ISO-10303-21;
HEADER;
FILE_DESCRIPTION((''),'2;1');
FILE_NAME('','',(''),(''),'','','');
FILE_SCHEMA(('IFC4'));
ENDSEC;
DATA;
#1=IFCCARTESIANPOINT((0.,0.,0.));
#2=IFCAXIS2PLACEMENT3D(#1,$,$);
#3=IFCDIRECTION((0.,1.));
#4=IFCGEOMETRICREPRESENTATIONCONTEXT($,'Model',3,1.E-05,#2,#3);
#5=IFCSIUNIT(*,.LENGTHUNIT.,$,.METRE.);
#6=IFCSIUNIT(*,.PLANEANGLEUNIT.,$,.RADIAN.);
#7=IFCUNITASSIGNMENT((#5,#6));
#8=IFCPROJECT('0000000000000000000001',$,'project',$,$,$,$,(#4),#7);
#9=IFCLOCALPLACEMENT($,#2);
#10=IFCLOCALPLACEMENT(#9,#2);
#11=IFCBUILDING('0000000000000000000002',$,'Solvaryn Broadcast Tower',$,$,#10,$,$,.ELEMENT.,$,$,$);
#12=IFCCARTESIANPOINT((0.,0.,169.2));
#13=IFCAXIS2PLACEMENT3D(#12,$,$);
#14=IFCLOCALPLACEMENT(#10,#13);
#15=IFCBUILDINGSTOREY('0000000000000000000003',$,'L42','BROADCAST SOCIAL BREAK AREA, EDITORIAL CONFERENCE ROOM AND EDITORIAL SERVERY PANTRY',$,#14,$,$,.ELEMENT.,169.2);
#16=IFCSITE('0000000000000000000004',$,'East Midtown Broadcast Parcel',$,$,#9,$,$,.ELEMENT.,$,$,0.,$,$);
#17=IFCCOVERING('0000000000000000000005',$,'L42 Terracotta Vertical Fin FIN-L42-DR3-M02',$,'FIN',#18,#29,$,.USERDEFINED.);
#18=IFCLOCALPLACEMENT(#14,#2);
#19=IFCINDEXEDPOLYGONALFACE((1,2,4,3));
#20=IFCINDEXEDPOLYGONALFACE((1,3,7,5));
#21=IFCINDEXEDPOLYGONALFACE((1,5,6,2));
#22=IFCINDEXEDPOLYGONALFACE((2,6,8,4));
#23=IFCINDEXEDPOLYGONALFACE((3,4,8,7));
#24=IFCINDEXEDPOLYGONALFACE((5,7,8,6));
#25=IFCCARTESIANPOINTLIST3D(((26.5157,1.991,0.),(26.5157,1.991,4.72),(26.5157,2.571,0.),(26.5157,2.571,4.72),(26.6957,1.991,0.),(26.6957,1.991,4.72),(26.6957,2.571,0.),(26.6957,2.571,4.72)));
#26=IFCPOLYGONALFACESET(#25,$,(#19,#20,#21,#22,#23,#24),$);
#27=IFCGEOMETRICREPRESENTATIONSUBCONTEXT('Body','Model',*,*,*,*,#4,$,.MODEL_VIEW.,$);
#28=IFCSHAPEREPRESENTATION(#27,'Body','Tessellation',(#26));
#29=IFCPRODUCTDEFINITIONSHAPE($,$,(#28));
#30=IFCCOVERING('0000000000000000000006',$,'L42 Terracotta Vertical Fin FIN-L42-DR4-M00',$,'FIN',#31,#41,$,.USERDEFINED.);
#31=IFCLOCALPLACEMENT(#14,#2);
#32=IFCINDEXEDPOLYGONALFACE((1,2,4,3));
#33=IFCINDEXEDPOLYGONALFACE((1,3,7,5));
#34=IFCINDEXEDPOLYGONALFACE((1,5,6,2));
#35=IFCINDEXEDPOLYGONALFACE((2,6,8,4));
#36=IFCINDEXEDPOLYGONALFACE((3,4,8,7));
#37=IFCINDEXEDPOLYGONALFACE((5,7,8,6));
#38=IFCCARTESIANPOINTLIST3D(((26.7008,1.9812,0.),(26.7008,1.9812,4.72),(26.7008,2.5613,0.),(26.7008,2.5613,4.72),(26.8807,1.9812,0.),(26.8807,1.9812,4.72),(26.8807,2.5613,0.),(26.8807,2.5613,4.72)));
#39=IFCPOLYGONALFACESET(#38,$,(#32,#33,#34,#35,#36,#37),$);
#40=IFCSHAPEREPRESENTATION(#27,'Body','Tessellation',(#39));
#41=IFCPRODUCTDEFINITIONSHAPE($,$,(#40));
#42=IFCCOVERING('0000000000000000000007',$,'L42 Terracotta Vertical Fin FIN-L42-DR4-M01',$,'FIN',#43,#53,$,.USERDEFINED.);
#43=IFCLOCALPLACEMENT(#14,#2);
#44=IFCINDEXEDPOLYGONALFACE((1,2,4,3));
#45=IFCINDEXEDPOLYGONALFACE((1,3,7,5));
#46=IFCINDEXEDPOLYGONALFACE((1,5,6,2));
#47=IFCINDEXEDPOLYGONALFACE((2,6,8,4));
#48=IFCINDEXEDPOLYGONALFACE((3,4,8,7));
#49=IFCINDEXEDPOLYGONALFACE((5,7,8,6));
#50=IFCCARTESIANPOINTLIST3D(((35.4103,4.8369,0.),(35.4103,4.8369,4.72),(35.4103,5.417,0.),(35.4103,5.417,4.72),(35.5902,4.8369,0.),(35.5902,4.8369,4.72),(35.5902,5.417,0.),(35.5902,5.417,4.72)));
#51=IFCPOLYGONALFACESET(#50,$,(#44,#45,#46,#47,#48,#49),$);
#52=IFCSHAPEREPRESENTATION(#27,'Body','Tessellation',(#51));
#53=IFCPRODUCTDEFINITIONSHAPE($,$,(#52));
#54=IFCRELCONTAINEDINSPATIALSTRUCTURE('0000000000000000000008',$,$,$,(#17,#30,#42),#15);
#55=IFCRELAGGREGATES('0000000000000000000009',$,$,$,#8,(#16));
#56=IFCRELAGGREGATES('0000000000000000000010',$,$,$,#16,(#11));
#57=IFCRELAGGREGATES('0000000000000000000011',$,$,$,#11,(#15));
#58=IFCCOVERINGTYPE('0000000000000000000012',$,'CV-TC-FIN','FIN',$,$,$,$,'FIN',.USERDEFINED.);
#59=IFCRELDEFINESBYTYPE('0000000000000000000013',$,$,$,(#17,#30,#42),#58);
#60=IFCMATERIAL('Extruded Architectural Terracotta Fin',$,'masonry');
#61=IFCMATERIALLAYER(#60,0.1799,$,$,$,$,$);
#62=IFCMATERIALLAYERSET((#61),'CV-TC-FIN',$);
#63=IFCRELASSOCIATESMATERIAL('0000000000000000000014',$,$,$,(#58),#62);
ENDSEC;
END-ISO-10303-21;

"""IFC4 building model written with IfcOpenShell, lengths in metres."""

from ifc_helpers import new_model, si_unit, direction, frame, origin, origin_2d, place, context, subcontext, project, spatial, rectangle, extrude, material, layer, layer_set, type_object, element, save


model = new_model("IFC4")

# Units and contexts
model_context = context("Model", 3, precision=1e-05, world=origin(), true_north=direction((0.0, 1.0)))
body_context = subcontext(model_context, "Body", "Model", "MODEL_VIEW")
ifc_project = project(units=[si_unit("LENGTHUNIT", "METRE"), si_unit("PLANEANGLEUNIT", "RADIAN")], contexts=[model_context])

# Site, building, storey
site_placement = place(None, origin())
site = spatial("IfcSite", under=ifc_project, at=site_placement, Name="East Midtown Broadcast Parcel", CompositionType="ELEMENT", RefElevation=0.0)
building_placement = place(site_placement, origin())
building = spatial("IfcBuilding", under=site, at=building_placement, Name="Solvaryn Broadcast Tower", CompositionType="ELEMENT")
storey_placement = place(building_placement, frame((0.0, 0.0, 169.2)))
storey = spatial("IfcBuildingStorey", under=building, at=storey_placement, Name="L42", Description="BROADCAST SOCIAL BREAK AREA, EDITORIAL CONFERENCE ROOM AND EDITORIAL SERVERY PANTRY", CompositionType="ELEMENT", Elevation=169.2)

# Coverings
ifc_material_1 = material(Name="Extruded Architectural Terracotta Fin", Category="masonry")
ifc_layer_1 = layer(ifc_material_1, 0.1799)
ifc_layer_set_1 = layer_set([ifc_layer_1], Name="CV-TC-FIN")
covering_type = type_object("IfcCoveringType", Name="CV-TC-FIN", Description="FIN", ElementType="FIN", PredefinedType="USERDEFINED", material=ifc_layer_set_1)
for number, where, z_axis, x_axis, name in (
    (1, (26.6057, 2.281, 0.0), (0.0, 0.0, 1.0), (1.0, 0.0, 0.0), "L42 Terracotta Vertical Fin FIN-L42-DR3-M02"),
    (2, (26.7908, 2.2712, 0.0), (0.0, 0.0, 1.0), (1.0, 0.0, 0.0), "L42 Terracotta Vertical Fin FIN-L42-DR4-M00"),
    (3, (35.5002, 5.127, 0.0), (0.0, 0.0, 1.0), (1.0, 0.0, 0.0), "L42 Terracotta Vertical Fin FIN-L42-DR4-M01"),
):
    element("IfcCovering", number, at=place(storey_placement, frame(where, z_axis=z_axis, x_axis=x_axis)), inside=storey, type_object=covering_type, Name=name, ObjectType="FIN", PredefinedType="USERDEFINED", context=body_context, shape_type="SweptSolid", body=[
        extrude(rectangle(XDim=0.1799, YDim=0.5801, at=origin_2d()), origin(), (0.0, 0.0, 1.0), 4.72),
    ])

save(model, "model.ifc")
